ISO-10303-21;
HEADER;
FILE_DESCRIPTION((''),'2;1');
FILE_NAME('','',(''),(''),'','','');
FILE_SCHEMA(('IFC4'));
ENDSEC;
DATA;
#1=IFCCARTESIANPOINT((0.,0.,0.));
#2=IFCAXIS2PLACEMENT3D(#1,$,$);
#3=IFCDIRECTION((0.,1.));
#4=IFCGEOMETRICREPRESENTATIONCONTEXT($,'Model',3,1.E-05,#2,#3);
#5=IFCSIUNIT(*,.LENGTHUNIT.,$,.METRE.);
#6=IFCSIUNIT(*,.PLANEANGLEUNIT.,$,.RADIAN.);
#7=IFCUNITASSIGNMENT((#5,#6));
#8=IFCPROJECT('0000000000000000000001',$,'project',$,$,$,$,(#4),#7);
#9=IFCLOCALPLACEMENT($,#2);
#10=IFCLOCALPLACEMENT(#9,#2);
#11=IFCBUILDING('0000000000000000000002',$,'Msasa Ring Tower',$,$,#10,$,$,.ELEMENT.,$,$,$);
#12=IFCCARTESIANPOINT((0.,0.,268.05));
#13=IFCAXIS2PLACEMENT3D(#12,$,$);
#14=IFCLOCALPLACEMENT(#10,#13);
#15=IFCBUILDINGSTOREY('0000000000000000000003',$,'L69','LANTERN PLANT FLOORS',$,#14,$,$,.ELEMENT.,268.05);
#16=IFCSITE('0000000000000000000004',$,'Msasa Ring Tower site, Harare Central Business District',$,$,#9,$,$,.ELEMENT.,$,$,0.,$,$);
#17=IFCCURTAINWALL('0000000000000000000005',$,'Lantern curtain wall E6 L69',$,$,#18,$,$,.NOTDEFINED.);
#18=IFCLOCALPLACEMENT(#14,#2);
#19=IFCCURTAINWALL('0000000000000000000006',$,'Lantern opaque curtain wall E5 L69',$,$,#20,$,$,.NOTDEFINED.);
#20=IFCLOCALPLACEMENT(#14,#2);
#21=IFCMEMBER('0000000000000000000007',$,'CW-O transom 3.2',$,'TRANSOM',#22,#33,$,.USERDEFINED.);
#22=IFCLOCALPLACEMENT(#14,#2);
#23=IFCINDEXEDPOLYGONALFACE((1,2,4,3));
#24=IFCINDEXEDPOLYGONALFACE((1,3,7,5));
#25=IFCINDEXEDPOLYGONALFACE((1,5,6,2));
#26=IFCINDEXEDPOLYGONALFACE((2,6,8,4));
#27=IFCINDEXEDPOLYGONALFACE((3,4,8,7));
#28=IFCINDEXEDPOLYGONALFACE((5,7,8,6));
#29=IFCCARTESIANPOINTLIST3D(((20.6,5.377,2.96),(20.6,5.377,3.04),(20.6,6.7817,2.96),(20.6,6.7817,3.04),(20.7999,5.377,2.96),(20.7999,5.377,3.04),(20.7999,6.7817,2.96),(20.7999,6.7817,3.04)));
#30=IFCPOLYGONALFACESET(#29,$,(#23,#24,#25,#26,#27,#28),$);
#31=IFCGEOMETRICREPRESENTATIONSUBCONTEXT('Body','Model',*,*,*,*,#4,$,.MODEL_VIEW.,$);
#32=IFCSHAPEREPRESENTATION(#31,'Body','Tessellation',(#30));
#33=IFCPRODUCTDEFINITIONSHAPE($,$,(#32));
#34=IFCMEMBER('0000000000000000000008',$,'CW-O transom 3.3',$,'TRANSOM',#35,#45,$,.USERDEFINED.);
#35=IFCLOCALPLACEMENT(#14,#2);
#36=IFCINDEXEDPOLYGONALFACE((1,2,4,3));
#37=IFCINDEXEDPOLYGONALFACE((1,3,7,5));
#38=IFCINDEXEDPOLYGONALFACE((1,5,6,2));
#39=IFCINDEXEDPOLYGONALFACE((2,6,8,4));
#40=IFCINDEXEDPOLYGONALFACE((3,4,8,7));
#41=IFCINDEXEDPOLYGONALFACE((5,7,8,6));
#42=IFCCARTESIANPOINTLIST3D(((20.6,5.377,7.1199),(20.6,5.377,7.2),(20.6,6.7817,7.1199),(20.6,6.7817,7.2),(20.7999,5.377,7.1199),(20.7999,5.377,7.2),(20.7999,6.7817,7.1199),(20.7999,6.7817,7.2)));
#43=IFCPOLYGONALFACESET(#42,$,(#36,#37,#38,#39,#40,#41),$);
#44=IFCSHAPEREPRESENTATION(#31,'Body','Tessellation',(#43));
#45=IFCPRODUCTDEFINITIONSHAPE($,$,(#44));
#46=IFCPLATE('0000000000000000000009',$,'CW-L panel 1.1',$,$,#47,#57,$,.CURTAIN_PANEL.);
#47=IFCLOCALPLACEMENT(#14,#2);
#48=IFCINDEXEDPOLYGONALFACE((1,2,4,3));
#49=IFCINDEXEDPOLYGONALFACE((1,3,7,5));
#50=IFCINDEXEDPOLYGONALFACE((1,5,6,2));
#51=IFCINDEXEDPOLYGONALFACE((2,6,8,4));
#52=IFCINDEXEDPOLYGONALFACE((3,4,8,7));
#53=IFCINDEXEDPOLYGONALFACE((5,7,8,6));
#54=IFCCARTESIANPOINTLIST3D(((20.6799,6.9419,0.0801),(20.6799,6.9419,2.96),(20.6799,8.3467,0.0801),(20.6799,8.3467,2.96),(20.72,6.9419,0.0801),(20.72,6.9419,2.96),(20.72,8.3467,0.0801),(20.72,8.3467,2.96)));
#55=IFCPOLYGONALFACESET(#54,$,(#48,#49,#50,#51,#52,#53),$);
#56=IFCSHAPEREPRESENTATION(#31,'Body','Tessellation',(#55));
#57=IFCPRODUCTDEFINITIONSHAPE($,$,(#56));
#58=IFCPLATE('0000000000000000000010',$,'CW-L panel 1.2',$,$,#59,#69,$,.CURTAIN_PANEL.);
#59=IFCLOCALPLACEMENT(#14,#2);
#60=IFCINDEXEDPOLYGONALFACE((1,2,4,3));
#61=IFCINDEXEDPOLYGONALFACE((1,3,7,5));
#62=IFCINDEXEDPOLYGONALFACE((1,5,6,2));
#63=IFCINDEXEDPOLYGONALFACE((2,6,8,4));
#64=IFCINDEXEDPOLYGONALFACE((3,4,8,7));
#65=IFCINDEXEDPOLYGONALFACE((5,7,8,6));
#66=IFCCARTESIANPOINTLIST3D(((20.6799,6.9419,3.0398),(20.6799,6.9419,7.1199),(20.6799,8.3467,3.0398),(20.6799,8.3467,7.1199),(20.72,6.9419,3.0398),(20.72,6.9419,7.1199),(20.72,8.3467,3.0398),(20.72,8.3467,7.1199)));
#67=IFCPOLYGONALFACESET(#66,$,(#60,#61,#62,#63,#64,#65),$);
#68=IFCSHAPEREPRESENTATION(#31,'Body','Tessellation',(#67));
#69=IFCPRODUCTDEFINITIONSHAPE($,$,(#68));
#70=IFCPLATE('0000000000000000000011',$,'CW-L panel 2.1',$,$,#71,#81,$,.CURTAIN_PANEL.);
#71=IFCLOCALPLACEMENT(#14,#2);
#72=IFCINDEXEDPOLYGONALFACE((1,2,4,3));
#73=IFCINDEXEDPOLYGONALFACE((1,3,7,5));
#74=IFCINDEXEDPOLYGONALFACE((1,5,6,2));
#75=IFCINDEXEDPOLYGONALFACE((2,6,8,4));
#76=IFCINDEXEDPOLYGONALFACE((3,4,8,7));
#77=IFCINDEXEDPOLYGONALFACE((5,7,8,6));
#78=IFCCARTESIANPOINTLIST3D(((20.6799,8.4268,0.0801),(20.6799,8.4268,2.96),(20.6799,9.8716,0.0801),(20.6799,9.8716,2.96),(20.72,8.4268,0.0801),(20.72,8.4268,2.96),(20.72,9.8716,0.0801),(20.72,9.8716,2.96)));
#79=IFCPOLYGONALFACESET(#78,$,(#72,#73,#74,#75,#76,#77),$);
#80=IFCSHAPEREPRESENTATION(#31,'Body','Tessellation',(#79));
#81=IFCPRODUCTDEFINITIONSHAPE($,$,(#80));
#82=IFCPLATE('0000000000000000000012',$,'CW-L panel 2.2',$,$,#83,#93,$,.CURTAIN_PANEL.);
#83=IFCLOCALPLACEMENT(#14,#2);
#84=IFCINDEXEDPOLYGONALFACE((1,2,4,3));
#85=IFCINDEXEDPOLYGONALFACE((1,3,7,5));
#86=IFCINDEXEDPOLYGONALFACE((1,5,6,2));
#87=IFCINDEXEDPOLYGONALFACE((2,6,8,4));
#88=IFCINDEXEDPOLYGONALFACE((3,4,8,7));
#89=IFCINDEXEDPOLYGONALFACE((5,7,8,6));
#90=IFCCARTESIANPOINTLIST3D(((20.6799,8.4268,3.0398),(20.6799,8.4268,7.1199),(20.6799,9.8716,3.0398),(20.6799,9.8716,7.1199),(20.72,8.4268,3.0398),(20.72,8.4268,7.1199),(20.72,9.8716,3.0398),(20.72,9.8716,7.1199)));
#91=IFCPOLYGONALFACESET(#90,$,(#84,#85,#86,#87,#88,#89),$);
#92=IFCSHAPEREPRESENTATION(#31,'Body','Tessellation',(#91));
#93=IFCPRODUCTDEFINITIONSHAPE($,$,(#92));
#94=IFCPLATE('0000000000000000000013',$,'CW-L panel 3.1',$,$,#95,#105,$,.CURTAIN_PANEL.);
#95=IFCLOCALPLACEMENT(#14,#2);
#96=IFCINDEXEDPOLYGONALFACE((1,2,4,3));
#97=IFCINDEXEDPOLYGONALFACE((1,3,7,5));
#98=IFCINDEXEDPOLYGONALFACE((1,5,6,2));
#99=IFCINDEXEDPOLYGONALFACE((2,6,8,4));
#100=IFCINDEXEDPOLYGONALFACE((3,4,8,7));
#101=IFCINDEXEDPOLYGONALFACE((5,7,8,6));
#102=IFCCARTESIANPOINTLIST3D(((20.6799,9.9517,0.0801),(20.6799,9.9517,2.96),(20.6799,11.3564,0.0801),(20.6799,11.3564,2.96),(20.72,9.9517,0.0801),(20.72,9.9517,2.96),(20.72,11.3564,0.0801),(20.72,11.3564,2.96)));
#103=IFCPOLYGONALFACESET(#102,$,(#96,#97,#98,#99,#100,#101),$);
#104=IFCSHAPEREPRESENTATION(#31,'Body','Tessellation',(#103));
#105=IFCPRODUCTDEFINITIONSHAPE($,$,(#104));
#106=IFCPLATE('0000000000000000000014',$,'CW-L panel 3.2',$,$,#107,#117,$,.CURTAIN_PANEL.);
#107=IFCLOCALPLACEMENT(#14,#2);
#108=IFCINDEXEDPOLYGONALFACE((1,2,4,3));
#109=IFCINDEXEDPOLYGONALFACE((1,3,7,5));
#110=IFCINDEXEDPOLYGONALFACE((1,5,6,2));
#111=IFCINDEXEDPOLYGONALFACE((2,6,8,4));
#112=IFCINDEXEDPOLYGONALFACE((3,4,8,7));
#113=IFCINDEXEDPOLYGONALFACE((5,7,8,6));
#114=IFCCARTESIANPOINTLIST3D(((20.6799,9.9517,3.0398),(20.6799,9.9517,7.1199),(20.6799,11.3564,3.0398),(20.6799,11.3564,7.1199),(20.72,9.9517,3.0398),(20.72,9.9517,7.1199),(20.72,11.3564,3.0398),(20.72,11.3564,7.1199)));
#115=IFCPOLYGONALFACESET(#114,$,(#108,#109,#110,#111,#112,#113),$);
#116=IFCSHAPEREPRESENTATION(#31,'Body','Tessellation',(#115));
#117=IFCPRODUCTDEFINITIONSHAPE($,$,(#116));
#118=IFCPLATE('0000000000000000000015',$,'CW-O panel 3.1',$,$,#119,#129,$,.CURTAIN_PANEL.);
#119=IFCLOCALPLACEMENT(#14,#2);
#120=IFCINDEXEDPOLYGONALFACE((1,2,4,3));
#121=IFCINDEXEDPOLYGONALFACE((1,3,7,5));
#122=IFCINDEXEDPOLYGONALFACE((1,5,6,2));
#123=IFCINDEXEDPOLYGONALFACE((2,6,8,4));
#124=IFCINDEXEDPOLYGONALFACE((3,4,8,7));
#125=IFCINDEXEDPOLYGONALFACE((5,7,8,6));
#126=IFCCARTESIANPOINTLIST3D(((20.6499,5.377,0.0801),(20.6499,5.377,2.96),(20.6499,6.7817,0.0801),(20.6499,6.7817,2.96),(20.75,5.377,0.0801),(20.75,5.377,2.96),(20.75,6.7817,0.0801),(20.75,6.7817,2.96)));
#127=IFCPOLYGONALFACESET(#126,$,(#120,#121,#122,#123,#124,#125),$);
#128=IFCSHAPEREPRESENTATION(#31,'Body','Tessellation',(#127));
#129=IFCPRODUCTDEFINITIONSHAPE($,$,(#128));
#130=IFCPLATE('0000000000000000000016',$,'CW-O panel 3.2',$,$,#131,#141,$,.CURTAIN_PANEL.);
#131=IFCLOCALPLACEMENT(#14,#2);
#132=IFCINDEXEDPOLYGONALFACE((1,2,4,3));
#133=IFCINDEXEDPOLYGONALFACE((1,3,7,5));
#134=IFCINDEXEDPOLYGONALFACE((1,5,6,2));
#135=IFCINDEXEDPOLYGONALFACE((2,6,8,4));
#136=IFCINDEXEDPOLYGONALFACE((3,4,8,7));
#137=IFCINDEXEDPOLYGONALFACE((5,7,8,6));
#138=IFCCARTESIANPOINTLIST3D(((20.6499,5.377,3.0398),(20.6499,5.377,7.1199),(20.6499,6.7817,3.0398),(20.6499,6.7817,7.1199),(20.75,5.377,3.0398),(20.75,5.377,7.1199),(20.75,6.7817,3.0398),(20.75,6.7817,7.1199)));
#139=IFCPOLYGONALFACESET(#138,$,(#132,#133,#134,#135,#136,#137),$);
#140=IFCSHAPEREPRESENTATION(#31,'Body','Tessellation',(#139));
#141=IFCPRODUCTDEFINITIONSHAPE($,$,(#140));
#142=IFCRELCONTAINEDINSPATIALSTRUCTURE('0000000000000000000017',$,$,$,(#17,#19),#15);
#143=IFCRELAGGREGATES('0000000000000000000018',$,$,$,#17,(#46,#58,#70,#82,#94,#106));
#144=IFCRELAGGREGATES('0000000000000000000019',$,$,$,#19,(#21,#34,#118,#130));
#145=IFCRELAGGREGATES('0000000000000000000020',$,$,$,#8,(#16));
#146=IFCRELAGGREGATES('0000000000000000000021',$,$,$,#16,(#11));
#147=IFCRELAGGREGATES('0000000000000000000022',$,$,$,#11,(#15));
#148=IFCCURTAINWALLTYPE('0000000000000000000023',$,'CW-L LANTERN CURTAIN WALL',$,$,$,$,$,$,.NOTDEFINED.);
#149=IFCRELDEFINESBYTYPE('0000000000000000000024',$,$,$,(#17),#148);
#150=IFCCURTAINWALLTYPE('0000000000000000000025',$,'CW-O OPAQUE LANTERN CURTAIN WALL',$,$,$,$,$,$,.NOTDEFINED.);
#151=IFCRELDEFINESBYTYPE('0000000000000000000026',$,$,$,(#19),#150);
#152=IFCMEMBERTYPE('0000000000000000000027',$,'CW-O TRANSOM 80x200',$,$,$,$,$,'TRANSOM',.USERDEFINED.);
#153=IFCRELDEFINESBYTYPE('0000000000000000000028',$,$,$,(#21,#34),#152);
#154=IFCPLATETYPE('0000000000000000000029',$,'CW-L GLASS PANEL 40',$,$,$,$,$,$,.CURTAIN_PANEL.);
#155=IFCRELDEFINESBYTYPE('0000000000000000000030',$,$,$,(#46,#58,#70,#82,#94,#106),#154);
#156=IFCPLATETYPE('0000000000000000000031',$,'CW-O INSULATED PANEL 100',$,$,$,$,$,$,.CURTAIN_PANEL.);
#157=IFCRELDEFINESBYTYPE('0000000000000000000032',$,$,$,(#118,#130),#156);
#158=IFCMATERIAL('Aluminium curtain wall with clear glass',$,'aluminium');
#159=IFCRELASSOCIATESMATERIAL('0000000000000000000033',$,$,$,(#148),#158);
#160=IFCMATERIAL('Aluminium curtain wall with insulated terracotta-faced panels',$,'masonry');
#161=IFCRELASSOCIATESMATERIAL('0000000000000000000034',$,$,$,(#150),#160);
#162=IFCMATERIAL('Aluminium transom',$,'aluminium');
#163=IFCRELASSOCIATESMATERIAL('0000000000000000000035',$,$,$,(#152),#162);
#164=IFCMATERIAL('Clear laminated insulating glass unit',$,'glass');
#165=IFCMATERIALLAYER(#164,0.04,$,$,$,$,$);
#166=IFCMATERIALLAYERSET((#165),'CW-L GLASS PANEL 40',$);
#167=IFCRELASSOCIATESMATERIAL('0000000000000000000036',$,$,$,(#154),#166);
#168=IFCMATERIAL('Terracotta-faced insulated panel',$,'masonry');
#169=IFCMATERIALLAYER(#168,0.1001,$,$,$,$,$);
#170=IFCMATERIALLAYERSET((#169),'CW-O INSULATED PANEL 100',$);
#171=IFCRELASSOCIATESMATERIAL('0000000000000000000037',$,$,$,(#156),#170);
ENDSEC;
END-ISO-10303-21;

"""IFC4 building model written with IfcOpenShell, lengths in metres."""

from ifc_helpers import new_model, si_unit, direction, frame, origin, origin_2d, place, context, subcontext, project, spatial, rectangle, extrude, material, layer, layer_set, material_profile, profile_set, type_object, element, aggregate, save


model = new_model("IFC4")

# Units and contexts
model_context = context("Model", 3, precision=1e-05, world=origin(), true_north=direction((0.0, 1.0)))
body_context = subcontext(model_context, "Body", "Model", "MODEL_VIEW")
ifc_project = project(units=[si_unit("LENGTHUNIT", "METRE"), si_unit("PLANEANGLEUNIT", "RADIAN")], contexts=[model_context])

# Site, building, storey
site_placement = place(None, origin())
site = spatial("IfcSite", under=ifc_project, at=site_placement, Name="Msasa Ring Tower site, Harare Central Business District", CompositionType="ELEMENT", RefElevation=0.0)
building_placement = place(site_placement, origin())
building = spatial("IfcBuilding", under=site, at=building_placement, Name="Msasa Ring Tower", CompositionType="ELEMENT")
storey_placement = place(building_placement, frame((0.0, 0.0, 268.05)))
storey = spatial("IfcBuildingStorey", under=building, at=storey_placement, Name="L69", Description="LANTERN PLANT FLOORS", CompositionType="ELEMENT", Elevation=268.05)

# Curtain walls, members
ifc_material_1 = material(Name="Aluminium curtain wall with clear glass", Category="aluminium")
curtain_wall_type_1 = type_object("IfcCurtainWallType", Name="CW-L LANTERN CURTAIN WALL", PredefinedType="NOTDEFINED", material=ifc_material_1)
curtain_wall_1_placement = place(storey_placement, origin())
curtain_wall_1 = element("IfcCurtainWall", 1, at=curtain_wall_1_placement, inside=storey, type_object=curtain_wall_type_1, Name="Lantern curtain wall E6 L69", PredefinedType="NOTDEFINED")
ifc_material_2 = material(Name="Aluminium curtain wall with insulated terracotta-faced panels", Category="masonry")
curtain_wall_type_2 = type_object("IfcCurtainWallType", Name="CW-O OPAQUE LANTERN CURTAIN WALL", PredefinedType="NOTDEFINED", material=ifc_material_2)
curtain_wall_2_placement = place(storey_placement, origin())
curtain_wall_2 = element("IfcCurtainWall", 2, at=curtain_wall_2_placement, inside=storey, type_object=curtain_wall_type_2, Name="Lantern opaque curtain wall E5 L69", PredefinedType="NOTDEFINED")
ifc_material_3 = material(Name="Aluminium transom", Category="aluminium")
ifc_material_profile_1 = material_profile(ifc_material_3, rectangle(XDim=0.2, YDim=0.0801, at=origin_2d()), Name="AL 80x200")
ifc_profile_set_1 = profile_set([ifc_material_profile_1], Name="Aluminium transom")
member_type_1 = type_object("IfcMemberType", Name="CW-O TRANSOM 80x200", ElementType="TRANSOM", PredefinedType="USERDEFINED", material=ifc_profile_set_1)
member_1_placement = place(storey_placement, frame((20.7, 5.377, 3.0), z_axis=(0.0, 1.0, 0.0), x_axis=(-1.0, 0.0, 0.0)))
member_1 = element("IfcMember", 3, at=member_1_placement, type_object=member_type_1, Name="CW-O transom 3.2", ObjectType="TRANSOM", PredefinedType="USERDEFINED", context=body_context, shape_type="SweptSolid", body=[
    extrude(rectangle(XDim=0.2, YDim=0.0801, at=origin_2d()), origin(), (0.0, 0.0, 1.0), 1.4048),
])
member_2_placement = place(storey_placement, frame((20.7, 5.377, 7.1599), z_axis=(0.0, 1.0, 0.0), x_axis=(-1.0, 0.0, 0.0)))
member_2 = element("IfcMember", 4, at=member_2_placement, type_object=member_type_1, Name="CW-O transom 3.3", ObjectType="TRANSOM", PredefinedType="USERDEFINED", context=body_context, shape_type="SweptSolid", body=[
    extrude(rectangle(XDim=0.2, YDim=0.0801, at=origin_2d()), origin(), (0.0, 0.0, 1.0), 1.4048),
])

# Plates
ifc_material_4 = material(Name="Clear laminated insulating glass unit", Category="glass")
ifc_layer_1 = layer(ifc_material_4, 0.04)
ifc_layer_set_1 = layer_set([ifc_layer_1], Name="CW-L GLASS PANEL 40")
plate_type_1 = type_object("IfcPlateType", Name="CW-L GLASS PANEL 40", PredefinedType="CURTAIN_PANEL", material=ifc_layer_set_1)
plate_1_placement = place(storey_placement, frame((20.7, 7.6443, 0.0801), z_axis=(0.0, 0.0, 1.0), x_axis=(0.0, 1.0, 0.0)))
plate_1 = element("IfcPlate", 5, at=plate_1_placement, type_object=plate_type_1, Name="CW-L panel 1.1", PredefinedType="CURTAIN_PANEL", context=body_context, shape_type="SweptSolid", body=[
    extrude(rectangle(XDim=1.4048, YDim=0.04, at=origin_2d()), origin(), (0.0, 0.0, 1.0), 2.8799),
])
plate_2_placement = place(storey_placement, frame((20.7, 7.6443, 3.0398), z_axis=(0.0, 0.0, 1.0), x_axis=(0.0, 1.0, 0.0)))
plate_2 = element("IfcPlate", 6, at=plate_2_placement, type_object=plate_type_1, Name="CW-L panel 1.2", PredefinedType="CURTAIN_PANEL", context=body_context, shape_type="SweptSolid", body=[
    extrude(rectangle(XDim=1.4048, YDim=0.04, at=origin_2d()), origin(), (0.0, 0.0, 1.0), 4.0801),
])
plate_3_placement = place(storey_placement, frame((20.7, 9.1492, 0.0801), z_axis=(0.0, 0.0, 1.0), x_axis=(0.0, 1.0, 0.0)))
plate_3 = element("IfcPlate", 7, at=plate_3_placement, type_object=plate_type_1, Name="CW-L panel 2.1", PredefinedType="CURTAIN_PANEL", context=body_context, shape_type="SweptSolid", body=[
    extrude(rectangle(XDim=1.4448, YDim=0.04, at=origin_2d()), origin(), (0.0, 0.0, 1.0), 2.8799),
])
plate_4_placement = place(storey_placement, frame((20.7, 9.1492, 3.0398), z_axis=(0.0, 0.0, 1.0), x_axis=(0.0, 1.0, 0.0)))
plate_4 = element("IfcPlate", 8, at=plate_4_placement, type_object=plate_type_1, Name="CW-L panel 2.2", PredefinedType="CURTAIN_PANEL", context=body_context, shape_type="SweptSolid", body=[
    extrude(rectangle(XDim=1.4448, YDim=0.04, at=origin_2d()), origin(), (0.0, 0.0, 1.0), 4.0801),
])
plate_5_placement = place(storey_placement, frame((20.7, 10.6541, 0.0801), z_axis=(0.0, 0.0, 1.0), x_axis=(0.0, 1.0, 0.0)))
plate_5 = element("IfcPlate", 9, at=plate_5_placement, type_object=plate_type_1, Name="CW-L panel 3.1", PredefinedType="CURTAIN_PANEL", context=body_context, shape_type="SweptSolid", body=[
    extrude(rectangle(XDim=1.4048, YDim=0.04, at=origin_2d()), origin(), (0.0, 0.0, 1.0), 2.8799),
])
plate_6_placement = place(storey_placement, frame((20.7, 10.6541, 3.0398), z_axis=(0.0, 0.0, 1.0), x_axis=(0.0, 1.0, 0.0)))
plate_6 = element("IfcPlate", 10, at=plate_6_placement, type_object=plate_type_1, Name="CW-L panel 3.2", PredefinedType="CURTAIN_PANEL", context=body_context, shape_type="SweptSolid", body=[
    extrude(rectangle(XDim=1.4048, YDim=0.04, at=origin_2d()), origin(), (0.0, 0.0, 1.0), 4.0801),
])
aggregate(curtain_wall_1, [plate_1, plate_2, plate_3, plate_4, plate_5, plate_6])
ifc_material_5 = material(Name="Terracotta-faced insulated panel", Category="masonry")
ifc_layer_2 = layer(ifc_material_5, 0.1001)
ifc_layer_set_2 = layer_set([ifc_layer_2], Name="CW-O INSULATED PANEL 100")
plate_type_2 = type_object("IfcPlateType", Name="CW-O INSULATED PANEL 100", PredefinedType="CURTAIN_PANEL", material=ifc_layer_set_2)
plate_7_placement = place(storey_placement, frame((20.7, 6.0793, 0.0801), z_axis=(0.0, 0.0, 1.0), x_axis=(0.0, 1.0, 0.0)))
plate_7 = element("IfcPlate", 11, at=plate_7_placement, type_object=plate_type_2, Name="CW-O panel 3.1", PredefinedType="CURTAIN_PANEL", context=body_context, shape_type="SweptSolid", body=[
    extrude(rectangle(XDim=1.4048, YDim=0.1001, at=origin_2d()), origin(), (0.0, 0.0, 1.0), 2.8799),
])
plate_8_placement = place(storey_placement, frame((20.7, 6.0793, 3.0398), z_axis=(0.0, 0.0, 1.0), x_axis=(0.0, 1.0, 0.0)))
plate_8 = element("IfcPlate", 12, at=plate_8_placement, type_object=plate_type_2, Name="CW-O panel 3.2", PredefinedType="CURTAIN_PANEL", context=body_context, shape_type="SweptSolid", body=[
    extrude(rectangle(XDim=1.4048, YDim=0.1001, at=origin_2d()), origin(), (0.0, 0.0, 1.0), 4.0801),
])
aggregate(curtain_wall_2, [member_1, member_2, plate_7, plate_8])

save(model, "model.ifc")
